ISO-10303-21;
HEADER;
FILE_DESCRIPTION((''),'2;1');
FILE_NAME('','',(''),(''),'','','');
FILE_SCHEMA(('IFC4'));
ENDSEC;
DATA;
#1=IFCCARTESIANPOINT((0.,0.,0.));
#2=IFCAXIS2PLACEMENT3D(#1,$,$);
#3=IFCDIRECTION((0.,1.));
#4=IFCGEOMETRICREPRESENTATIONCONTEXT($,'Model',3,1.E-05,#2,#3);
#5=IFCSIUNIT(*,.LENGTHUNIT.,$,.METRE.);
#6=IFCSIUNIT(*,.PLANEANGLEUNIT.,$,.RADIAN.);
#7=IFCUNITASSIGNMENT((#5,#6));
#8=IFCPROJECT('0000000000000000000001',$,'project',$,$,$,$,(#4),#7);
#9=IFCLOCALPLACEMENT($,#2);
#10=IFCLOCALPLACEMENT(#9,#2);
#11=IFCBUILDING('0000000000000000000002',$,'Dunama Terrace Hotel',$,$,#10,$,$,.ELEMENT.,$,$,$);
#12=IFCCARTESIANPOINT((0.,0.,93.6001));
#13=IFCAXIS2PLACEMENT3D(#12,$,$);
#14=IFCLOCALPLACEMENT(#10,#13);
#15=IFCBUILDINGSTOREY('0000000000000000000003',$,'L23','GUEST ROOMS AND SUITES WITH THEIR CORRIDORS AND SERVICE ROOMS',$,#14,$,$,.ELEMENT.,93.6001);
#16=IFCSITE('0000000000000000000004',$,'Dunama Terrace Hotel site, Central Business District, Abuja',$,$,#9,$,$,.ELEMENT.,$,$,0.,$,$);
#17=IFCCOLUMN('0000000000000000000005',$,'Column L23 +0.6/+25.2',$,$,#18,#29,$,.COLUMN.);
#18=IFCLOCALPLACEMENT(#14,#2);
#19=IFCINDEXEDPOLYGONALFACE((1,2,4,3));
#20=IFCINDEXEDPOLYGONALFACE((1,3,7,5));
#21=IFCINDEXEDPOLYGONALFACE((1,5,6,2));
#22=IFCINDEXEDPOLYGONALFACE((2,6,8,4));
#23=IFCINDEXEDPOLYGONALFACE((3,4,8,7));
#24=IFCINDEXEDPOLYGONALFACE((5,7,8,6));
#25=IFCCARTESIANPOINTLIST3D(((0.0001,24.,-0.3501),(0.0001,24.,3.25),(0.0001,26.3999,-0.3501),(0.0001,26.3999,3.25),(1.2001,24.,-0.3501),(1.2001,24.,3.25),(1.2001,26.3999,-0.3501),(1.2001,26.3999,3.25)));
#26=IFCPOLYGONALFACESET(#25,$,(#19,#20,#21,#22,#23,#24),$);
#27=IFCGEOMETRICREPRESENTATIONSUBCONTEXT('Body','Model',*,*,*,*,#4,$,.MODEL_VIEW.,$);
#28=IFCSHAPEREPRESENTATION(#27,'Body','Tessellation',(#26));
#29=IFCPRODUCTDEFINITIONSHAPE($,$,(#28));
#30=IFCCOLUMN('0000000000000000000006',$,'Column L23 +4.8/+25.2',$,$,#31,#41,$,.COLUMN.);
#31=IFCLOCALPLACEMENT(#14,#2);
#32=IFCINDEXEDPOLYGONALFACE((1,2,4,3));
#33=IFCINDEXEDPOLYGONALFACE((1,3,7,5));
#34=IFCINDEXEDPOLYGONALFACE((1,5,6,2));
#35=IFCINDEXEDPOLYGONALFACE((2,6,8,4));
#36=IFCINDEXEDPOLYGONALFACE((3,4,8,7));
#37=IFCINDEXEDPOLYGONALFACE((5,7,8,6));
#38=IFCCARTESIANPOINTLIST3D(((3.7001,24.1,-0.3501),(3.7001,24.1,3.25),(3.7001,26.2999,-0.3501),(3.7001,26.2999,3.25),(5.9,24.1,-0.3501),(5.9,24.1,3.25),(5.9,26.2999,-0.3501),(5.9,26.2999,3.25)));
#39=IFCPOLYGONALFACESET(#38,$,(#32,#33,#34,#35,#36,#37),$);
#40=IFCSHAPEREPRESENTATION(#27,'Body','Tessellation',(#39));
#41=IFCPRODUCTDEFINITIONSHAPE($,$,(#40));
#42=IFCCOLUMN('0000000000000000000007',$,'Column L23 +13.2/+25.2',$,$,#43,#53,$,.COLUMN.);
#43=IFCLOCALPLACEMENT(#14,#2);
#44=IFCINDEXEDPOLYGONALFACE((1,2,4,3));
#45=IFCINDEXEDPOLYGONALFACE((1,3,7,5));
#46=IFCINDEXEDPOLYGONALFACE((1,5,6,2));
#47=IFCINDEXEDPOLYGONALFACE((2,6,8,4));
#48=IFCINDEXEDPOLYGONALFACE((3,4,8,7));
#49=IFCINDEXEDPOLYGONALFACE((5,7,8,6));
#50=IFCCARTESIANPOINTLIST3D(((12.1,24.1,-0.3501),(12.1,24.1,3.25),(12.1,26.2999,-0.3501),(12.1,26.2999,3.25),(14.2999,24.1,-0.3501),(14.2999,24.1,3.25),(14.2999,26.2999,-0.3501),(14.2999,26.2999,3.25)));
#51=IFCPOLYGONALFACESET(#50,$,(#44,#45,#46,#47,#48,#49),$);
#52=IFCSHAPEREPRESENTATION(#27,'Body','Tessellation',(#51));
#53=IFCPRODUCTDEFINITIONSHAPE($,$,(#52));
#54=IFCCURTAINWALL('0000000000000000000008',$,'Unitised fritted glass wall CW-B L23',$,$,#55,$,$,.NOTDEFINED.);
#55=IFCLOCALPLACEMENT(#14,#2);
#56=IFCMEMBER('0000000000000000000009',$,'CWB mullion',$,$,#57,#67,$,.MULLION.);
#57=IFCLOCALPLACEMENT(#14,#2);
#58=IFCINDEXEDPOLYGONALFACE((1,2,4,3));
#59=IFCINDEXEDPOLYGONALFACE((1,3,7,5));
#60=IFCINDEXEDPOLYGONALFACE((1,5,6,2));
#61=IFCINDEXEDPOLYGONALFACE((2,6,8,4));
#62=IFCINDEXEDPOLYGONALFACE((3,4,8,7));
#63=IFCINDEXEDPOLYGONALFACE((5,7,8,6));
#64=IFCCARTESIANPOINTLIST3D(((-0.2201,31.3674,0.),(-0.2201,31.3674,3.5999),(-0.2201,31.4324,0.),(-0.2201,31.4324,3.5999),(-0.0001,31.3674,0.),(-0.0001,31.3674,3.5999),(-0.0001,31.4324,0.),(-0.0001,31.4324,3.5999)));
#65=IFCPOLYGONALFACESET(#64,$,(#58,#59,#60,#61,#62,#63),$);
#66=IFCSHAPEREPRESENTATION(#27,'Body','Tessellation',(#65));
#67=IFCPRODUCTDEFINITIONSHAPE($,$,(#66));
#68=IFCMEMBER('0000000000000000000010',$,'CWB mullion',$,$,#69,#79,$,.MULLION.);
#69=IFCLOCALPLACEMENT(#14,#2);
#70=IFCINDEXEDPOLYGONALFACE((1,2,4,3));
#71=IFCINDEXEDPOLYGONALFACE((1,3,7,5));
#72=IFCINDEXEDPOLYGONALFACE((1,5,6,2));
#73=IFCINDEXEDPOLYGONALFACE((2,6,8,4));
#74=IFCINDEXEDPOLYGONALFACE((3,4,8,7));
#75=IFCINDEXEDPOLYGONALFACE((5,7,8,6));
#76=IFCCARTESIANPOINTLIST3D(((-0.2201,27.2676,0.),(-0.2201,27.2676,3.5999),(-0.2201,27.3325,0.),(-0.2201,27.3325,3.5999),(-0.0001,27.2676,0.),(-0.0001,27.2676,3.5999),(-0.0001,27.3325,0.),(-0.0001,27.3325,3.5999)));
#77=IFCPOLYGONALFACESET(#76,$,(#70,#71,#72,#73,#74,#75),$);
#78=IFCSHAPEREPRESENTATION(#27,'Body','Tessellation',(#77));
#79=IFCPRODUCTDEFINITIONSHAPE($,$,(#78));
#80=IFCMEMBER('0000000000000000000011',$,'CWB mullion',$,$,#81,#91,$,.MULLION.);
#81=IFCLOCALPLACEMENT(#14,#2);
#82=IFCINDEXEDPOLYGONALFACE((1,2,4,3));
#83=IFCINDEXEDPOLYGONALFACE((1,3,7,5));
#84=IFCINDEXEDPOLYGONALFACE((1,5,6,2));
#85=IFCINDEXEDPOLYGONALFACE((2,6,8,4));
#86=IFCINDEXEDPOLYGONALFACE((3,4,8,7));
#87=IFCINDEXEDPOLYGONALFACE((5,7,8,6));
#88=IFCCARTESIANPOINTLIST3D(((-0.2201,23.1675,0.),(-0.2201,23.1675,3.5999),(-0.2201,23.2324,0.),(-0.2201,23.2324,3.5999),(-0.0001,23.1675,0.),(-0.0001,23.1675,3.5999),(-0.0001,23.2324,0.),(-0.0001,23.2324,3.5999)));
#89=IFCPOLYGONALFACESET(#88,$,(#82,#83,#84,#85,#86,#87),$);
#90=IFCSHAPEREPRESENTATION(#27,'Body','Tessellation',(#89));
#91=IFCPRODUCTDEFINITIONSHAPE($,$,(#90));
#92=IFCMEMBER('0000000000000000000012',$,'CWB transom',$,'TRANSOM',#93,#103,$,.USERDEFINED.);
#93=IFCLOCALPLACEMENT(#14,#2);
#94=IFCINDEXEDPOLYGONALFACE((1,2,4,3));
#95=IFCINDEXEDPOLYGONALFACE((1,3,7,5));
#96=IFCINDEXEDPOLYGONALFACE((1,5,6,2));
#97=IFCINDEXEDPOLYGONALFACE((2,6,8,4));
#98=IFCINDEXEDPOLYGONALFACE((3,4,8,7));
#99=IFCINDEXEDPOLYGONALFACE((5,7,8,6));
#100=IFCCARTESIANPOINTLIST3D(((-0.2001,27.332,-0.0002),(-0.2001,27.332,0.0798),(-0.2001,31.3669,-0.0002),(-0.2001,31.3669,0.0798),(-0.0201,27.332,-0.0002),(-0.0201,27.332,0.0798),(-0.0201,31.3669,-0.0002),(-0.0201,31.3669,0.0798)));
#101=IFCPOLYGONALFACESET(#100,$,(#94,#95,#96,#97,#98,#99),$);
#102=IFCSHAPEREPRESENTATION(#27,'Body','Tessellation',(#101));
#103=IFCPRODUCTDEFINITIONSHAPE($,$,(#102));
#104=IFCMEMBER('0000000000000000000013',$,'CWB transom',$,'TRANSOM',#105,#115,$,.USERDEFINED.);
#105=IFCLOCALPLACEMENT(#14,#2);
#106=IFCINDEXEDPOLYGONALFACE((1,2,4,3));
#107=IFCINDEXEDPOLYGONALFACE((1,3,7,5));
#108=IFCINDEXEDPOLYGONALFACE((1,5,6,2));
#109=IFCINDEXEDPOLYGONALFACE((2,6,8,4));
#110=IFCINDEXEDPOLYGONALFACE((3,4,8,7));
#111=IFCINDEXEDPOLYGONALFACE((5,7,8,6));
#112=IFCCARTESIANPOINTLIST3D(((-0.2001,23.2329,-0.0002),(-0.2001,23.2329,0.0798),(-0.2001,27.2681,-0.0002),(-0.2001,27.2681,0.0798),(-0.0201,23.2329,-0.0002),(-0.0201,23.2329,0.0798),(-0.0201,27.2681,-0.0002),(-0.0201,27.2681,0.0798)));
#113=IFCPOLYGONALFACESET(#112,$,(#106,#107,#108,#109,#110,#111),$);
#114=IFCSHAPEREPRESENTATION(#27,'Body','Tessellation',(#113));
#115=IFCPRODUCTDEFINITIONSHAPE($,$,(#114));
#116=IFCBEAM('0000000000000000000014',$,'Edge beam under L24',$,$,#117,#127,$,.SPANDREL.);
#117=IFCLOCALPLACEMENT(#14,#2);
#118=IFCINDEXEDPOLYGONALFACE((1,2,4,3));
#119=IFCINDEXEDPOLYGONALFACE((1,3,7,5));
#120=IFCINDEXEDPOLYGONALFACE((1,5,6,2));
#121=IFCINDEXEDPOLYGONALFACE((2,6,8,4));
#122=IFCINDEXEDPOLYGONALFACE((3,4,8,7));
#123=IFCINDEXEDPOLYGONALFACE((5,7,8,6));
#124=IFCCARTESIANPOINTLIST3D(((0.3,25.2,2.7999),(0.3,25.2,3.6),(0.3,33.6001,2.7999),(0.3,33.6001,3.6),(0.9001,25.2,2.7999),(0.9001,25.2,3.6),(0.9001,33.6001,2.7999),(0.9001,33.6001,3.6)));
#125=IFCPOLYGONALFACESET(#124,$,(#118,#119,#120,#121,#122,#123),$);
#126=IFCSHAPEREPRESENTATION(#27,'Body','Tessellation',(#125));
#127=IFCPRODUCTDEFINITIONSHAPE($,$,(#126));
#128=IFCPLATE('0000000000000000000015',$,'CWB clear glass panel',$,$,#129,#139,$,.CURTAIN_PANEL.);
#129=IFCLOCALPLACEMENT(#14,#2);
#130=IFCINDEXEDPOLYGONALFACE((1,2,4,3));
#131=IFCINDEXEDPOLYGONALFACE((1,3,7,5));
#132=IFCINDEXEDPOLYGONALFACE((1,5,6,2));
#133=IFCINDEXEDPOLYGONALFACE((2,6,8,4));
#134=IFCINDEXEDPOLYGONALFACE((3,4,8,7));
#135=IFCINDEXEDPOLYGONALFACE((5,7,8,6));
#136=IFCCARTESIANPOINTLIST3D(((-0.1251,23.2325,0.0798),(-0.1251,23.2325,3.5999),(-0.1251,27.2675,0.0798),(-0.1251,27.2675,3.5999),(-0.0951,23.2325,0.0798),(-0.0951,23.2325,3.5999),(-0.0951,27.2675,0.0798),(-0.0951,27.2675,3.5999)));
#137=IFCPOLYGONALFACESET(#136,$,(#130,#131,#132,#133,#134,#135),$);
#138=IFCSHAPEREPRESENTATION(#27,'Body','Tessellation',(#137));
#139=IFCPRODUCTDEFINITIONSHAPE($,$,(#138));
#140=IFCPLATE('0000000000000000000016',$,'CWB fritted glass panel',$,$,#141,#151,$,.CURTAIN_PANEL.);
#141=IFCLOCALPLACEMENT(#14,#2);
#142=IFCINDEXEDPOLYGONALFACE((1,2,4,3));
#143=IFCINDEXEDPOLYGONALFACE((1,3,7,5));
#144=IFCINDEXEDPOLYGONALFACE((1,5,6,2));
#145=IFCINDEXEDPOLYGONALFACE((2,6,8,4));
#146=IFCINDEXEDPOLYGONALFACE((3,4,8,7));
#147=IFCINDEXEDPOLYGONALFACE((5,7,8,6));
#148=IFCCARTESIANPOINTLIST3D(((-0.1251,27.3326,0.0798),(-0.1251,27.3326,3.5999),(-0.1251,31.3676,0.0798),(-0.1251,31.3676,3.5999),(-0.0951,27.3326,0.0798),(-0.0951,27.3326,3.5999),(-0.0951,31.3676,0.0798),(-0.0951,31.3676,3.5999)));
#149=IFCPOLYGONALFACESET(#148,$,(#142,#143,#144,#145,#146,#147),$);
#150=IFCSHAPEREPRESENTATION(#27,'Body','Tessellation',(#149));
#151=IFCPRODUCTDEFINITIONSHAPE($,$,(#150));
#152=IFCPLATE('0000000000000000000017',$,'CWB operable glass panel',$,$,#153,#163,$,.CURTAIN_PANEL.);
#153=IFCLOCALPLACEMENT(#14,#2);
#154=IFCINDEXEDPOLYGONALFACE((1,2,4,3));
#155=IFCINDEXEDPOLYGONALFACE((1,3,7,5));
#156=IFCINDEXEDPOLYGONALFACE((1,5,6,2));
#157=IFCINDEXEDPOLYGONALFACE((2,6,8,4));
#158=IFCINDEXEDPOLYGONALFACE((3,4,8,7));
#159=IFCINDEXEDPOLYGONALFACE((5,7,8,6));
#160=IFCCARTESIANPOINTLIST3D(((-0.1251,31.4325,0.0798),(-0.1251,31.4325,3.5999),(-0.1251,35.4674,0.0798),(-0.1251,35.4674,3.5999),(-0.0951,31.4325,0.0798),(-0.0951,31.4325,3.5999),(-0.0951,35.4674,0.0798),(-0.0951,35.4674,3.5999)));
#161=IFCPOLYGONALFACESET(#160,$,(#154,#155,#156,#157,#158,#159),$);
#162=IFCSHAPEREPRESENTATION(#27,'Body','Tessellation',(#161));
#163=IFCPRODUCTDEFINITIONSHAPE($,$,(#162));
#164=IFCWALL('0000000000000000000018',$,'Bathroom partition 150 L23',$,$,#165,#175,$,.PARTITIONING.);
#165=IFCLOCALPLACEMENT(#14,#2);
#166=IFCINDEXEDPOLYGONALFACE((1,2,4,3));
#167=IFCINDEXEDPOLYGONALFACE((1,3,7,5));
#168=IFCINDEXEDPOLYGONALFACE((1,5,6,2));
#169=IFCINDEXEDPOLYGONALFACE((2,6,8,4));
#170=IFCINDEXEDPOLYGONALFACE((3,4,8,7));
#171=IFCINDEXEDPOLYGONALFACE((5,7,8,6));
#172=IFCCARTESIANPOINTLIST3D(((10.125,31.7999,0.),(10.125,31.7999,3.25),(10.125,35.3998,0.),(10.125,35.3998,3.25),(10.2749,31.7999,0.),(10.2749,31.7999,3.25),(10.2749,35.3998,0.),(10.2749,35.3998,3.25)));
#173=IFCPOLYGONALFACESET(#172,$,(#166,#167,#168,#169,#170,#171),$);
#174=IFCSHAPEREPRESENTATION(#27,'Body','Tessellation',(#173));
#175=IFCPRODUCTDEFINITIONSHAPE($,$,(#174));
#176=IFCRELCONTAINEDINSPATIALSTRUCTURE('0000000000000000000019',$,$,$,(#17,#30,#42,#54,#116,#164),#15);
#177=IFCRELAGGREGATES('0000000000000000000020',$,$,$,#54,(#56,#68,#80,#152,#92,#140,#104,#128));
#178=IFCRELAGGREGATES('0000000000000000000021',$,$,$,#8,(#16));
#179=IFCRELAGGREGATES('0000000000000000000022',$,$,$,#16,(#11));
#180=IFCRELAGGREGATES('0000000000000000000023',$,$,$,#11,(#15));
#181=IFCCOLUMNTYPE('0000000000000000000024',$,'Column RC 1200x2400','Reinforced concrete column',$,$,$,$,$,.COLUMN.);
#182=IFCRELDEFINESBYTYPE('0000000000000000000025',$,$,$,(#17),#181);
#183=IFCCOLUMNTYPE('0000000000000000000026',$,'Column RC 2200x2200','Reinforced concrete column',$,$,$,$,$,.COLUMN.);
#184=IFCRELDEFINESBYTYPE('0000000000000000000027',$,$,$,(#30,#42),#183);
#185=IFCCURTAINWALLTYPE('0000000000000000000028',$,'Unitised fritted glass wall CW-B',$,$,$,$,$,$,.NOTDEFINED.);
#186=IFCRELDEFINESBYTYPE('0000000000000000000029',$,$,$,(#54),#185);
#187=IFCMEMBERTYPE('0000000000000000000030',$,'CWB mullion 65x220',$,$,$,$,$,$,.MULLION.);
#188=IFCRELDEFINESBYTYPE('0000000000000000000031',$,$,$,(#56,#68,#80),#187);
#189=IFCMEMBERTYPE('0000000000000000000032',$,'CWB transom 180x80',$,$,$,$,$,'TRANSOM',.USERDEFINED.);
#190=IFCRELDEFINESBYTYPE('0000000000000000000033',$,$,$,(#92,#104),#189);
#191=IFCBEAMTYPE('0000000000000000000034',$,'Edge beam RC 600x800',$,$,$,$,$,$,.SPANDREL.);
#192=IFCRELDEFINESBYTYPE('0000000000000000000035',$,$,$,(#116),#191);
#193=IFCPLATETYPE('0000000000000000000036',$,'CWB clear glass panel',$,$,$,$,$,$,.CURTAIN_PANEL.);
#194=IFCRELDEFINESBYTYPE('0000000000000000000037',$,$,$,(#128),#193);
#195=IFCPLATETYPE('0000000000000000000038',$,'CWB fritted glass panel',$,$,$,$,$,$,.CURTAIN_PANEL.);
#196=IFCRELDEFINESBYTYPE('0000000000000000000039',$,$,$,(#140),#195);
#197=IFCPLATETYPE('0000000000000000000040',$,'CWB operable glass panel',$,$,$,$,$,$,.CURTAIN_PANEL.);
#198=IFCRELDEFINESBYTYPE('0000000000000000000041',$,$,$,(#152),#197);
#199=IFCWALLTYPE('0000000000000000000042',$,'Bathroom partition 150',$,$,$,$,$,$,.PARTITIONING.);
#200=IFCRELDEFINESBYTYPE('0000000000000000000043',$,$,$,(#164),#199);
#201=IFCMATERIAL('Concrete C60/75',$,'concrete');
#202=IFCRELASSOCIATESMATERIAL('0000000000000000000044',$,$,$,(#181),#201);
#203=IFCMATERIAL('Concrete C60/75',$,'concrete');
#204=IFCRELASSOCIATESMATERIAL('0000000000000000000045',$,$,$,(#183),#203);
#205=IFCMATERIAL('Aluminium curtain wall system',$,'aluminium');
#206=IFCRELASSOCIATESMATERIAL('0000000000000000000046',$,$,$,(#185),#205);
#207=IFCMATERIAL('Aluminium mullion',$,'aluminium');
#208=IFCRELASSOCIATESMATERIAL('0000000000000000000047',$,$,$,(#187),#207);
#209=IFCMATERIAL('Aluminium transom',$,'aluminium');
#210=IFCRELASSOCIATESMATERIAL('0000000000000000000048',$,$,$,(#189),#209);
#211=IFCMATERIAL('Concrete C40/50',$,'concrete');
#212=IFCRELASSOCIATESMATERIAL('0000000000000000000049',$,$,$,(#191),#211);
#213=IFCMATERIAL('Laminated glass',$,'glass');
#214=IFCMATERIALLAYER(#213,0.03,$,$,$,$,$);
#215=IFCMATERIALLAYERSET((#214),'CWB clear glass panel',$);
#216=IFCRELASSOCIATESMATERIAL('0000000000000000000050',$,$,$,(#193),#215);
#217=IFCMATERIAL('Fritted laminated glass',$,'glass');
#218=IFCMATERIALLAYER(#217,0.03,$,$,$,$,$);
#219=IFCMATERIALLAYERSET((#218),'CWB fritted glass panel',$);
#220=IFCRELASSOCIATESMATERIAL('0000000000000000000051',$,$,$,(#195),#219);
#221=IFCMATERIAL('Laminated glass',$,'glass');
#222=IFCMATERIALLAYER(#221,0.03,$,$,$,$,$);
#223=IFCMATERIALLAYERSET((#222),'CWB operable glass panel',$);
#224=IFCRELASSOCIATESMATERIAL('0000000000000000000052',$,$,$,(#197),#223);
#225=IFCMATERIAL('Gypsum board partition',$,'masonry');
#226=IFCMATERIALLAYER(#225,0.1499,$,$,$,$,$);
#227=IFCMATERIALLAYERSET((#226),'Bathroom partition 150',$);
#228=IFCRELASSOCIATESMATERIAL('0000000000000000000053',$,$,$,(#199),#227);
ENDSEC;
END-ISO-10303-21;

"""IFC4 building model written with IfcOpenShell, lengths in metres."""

from ifc_helpers import new_model, si_unit, direction, frame, frame_2d, origin, origin_2d, place, context, subcontext, project, spatial, rectangle, extrude, material, layer, layer_set, material_profile, profile_set, type_object, element, aggregate, save


model = new_model("IFC4")

# Units and contexts
model_context = context("Model", 3, precision=1e-05, world=origin(), true_north=direction((0.0, 1.0)))
body_context = subcontext(model_context, "Body", "Model", "MODEL_VIEW")
ifc_project = project(units=[si_unit("LENGTHUNIT", "METRE"), si_unit("PLANEANGLEUNIT", "RADIAN")], contexts=[model_context])

# Site, building, storey
site_placement = place(None, origin())
site = spatial("IfcSite", under=ifc_project, at=site_placement, Name="Dunama Terrace Hotel site, Central Business District, Abuja", CompositionType="ELEMENT", RefElevation=0.0)
building_placement = place(site_placement, origin())
building = spatial("IfcBuilding", under=site, at=building_placement, Name="Dunama Terrace Hotel", CompositionType="ELEMENT")
storey_placement = place(building_placement, frame((0.0, 0.0, 93.6001)))
storey = spatial("IfcBuildingStorey", under=building, at=storey_placement, Name="L23", Description="GUEST ROOMS AND SUITES WITH THEIR CORRIDORS AND SERVICE ROOMS", CompositionType="ELEMENT", Elevation=93.6001)

# Columns
ifc_material_1 = material(Name="Concrete C60/75", Category="concrete")
ifc_material_profile_1 = material_profile(ifc_material_1, rectangle(XDim=1.2, YDim=2.3999, at=origin_2d()), Name="RC 1200x2400")
ifc_profile_set_1 = profile_set([ifc_material_profile_1], Name="Concrete C60/75")
column_type_1 = type_object("IfcColumnType", Name="Column RC 1200x2400", Description="Reinforced concrete column", PredefinedType="COLUMN", material=ifc_profile_set_1)
column_placement = place(storey_placement, frame((0.6001, 25.2, -0.3501), z_axis=(0.0, 0.0, 1.0), x_axis=(1.0, 0.0, 0.0)))
element("IfcColumn", 1, at=column_placement, inside=storey, type_object=column_type_1, Name="Column L23 +0.6/+25.2", PredefinedType="COLUMN", context=body_context, shape_type="SweptSolid", body=[
    extrude(rectangle(XDim=1.2, YDim=2.3999, at=origin_2d()), origin(), (0.0, 0.0, 1.0), 3.6001),
])
ifc_material_2 = material(Name="Concrete C60/75", Category="concrete")
ifc_material_profile_2 = material_profile(ifc_material_2, rectangle(XDim=2.2, YDim=2.2, at=origin_2d()), Name="RC 2200x2200")
ifc_profile_set_2 = profile_set([ifc_material_profile_2], Name="Concrete C60/75")
column_type_2 = type_object("IfcColumnType", Name="Column RC 2200x2200", Description="Reinforced concrete column", PredefinedType="COLUMN", material=ifc_profile_set_2)
for number, where, z_axis, x_axis, name in (
    (2, (4.8, 25.2, -0.3501), (0.0, 0.0, 1.0), (1.0, 0.0, 0.0), "Column L23 +4.8/+25.2"),
    (3, (13.2, 25.2, -0.3501), (0.0, 0.0, 1.0), (1.0, 0.0, 0.0), "Column L23 +13.2/+25.2"),
):
    element("IfcColumn", number, at=place(storey_placement, frame(where, z_axis=z_axis, x_axis=x_axis)), inside=storey, type_object=column_type_2, Name=name, PredefinedType="COLUMN", context=body_context, shape_type="SweptSolid", body=[
        extrude(rectangle(XDim=2.2, YDim=2.2, at=origin_2d()), origin(), (0.0, 0.0, 1.0), 3.6001),
    ])

# Curtain wall, members
ifc_material_3 = material(Name="Aluminium curtain wall system", Category="aluminium")
curtain_wall_type = type_object("IfcCurtainWallType", Name="Unitised fritted glass wall CW-B", PredefinedType="NOTDEFINED", material=ifc_material_3)
curtain_wall_placement = place(storey_placement, origin())
curtain_wall = element("IfcCurtainWall", 4, at=curtain_wall_placement, inside=storey, type_object=curtain_wall_type, Name="Unitised fritted glass wall CW-B L23", PredefinedType="NOTDEFINED")
ifc_material_4 = material(Name="Aluminium mullion", Category="aluminium")
ifc_material_profile_3 = material_profile(ifc_material_4, rectangle(XDim=0.0649, YDim=0.22, at=origin_2d()), Name="CWB MULLION 65X220")
ifc_profile_set_3 = profile_set([ifc_material_profile_3], Name="Aluminium mullion")
member_type_1 = type_object("IfcMemberType", Name="CWB mullion 65x220", PredefinedType="MULLION", material=ifc_profile_set_3)
member_1_placement = place(storey_placement, frame((-0.1101, 31.3999, 0.0), z_axis=(0.0, 0.0, 1.0), x_axis=(0.0, -1.0, 0.0)))
member_1 = element("IfcMember", 5, at=member_1_placement, type_object=member_type_1, Name="CWB mullion", PredefinedType="MULLION", context=body_context, shape_type="SweptSolid", body=[
    extrude(rectangle(XDim=0.0649, YDim=0.22, at=origin_2d()), origin(), (0.0, 0.0, 1.0), 3.5999),
])
member_2_placement = place(storey_placement, frame((-0.1101, 27.3, 0.0), z_axis=(0.0, 0.0, 1.0), x_axis=(0.0, -1.0, 0.0)))
member_2 = element("IfcMember", 6, at=member_2_placement, type_object=member_type_1, Name="CWB mullion", PredefinedType="MULLION", context=body_context, shape_type="SweptSolid", body=[
    extrude(rectangle(XDim=0.0649, YDim=0.22, at=origin_2d()), origin(), (0.0, 0.0, 1.0), 3.5999),
])
member_3_placement = place(storey_placement, frame((-0.1101, 23.2, 0.0), z_axis=(0.0, 0.0, 1.0), x_axis=(0.0, -1.0, 0.0)))
member_3 = element("IfcMember", 7, at=member_3_placement, type_object=member_type_1, Name="CWB mullion", PredefinedType="MULLION", context=body_context, shape_type="SweptSolid", body=[
    extrude(rectangle(XDim=0.0649, YDim=0.22, at=origin_2d()), origin(), (0.0, 0.0, 1.0), 3.5999),
])
ifc_material_5 = material(Name="Aluminium transom", Category="aluminium")
ifc_material_profile_4 = material_profile(ifc_material_5, rectangle(XDim=0.1799, YDim=0.0801, at=origin_2d()), Name="CWB TRANSOM 180X80")
ifc_profile_set_4 = profile_set([ifc_material_profile_4], Name="Aluminium transom")
member_type_2 = type_object("IfcMemberType", Name="CWB transom 180x80", ElementType="TRANSOM", PredefinedType="USERDEFINED", material=ifc_profile_set_4)
member_4_placement = place(storey_placement, frame((-0.1101, 31.3669, 0.0398), z_axis=(0.0, -1.0, 0.0), x_axis=(1.0, 0.0, 0.0)))
member_4 = element("IfcMember", 8, at=member_4_placement, type_object=member_type_2, Name="CWB transom", ObjectType="TRANSOM", PredefinedType="USERDEFINED", context=body_context, shape_type="SweptSolid", body=[
    extrude(rectangle(XDim=0.1799, YDim=0.0801, at=origin_2d()), origin(), (0.0, 0.0, 1.0), 4.0349),
])
member_5_placement = place(storey_placement, frame((-0.1101, 27.2681, 0.0398), z_axis=(0.0, -1.0, 0.0), x_axis=(1.0, 0.0, 0.0)))
member_5 = element("IfcMember", 9, at=member_5_placement, type_object=member_type_2, Name="CWB transom", ObjectType="TRANSOM", PredefinedType="USERDEFINED", context=body_context, shape_type="SweptSolid", body=[
    extrude(rectangle(XDim=0.1799, YDim=0.0801, at=origin_2d()), origin(), (0.0, 0.0, 1.0), 4.0352),
])

# Beam
ifc_material_6 = material(Name="Concrete C40/50", Category="concrete")
ifc_material_profile_5 = material_profile(ifc_material_6, rectangle(XDim=0.6001, YDim=0.8, at=origin_2d()), Name="RC 600x800")
ifc_profile_set_5 = profile_set([ifc_material_profile_5], Name="Concrete C40/50")
beam_type = type_object("IfcBeamType", Name="Edge beam RC 600x800", PredefinedType="SPANDREL", material=ifc_profile_set_5)
beam_placement = place(storey_placement, frame((0.6001, 25.2, 3.2), z_axis=(0.0, 1.0, 0.0), x_axis=(-1.0, 0.0, 0.0)))
element("IfcBeam", 10, at=beam_placement, inside=storey, type_object=beam_type, Name="Edge beam under L24", PredefinedType="SPANDREL", context=body_context, shape_type="SweptSolid", body=[
    extrude(rectangle(XDim=0.6001, YDim=0.8, at=origin_2d()), origin(), (0.0, 0.0, 1.0), 8.4001),
])

# Plates
ifc_material_7 = material(Name="Laminated glass", Category="glass")
ifc_layer_1 = layer(ifc_material_7, 0.03)
ifc_layer_set_1 = layer_set([ifc_layer_1], Name="CWB clear glass panel")
plate_type_1 = type_object("IfcPlateType", Name="CWB clear glass panel", PredefinedType="CURTAIN_PANEL", material=ifc_layer_set_1)
plate_1_placement = place(storey_placement, frame((-0.1101, 25.25, 0.0798), z_axis=(0.0, 0.0, 1.0), x_axis=(0.0, -1.0, 0.0)))
plate_1 = element("IfcPlate", 11, at=plate_1_placement, type_object=plate_type_1, Name="CWB clear glass panel", PredefinedType="CURTAIN_PANEL", context=body_context, shape_type="SweptSolid", body=[
    extrude(rectangle(XDim=4.0349, YDim=0.03, at=origin_2d()), origin(), (0.0, 0.0, 1.0), 3.52),
])
ifc_material_8 = material(Name="Fritted laminated glass", Category="glass")
ifc_layer_2 = layer(ifc_material_8, 0.03)
ifc_layer_set_2 = layer_set([ifc_layer_2], Name="CWB fritted glass panel")
plate_type_2 = type_object("IfcPlateType", Name="CWB fritted glass panel", PredefinedType="CURTAIN_PANEL", material=ifc_layer_set_2)
plate_2_placement = place(storey_placement, frame((-0.1101, 29.3501, 0.0798), z_axis=(0.0, 0.0, 1.0), x_axis=(0.0, -1.0, 0.0)))
plate_2 = element("IfcPlate", 12, at=plate_2_placement, type_object=plate_type_2, Name="CWB fritted glass panel", PredefinedType="CURTAIN_PANEL", context=body_context, shape_type="SweptSolid", body=[
    extrude(rectangle(XDim=4.0349, YDim=0.03, at=origin_2d()), origin(), (0.0, 0.0, 1.0), 3.52),
])
ifc_material_9 = material(Name="Laminated glass", Category="glass")
ifc_layer_3 = layer(ifc_material_9, 0.03)
ifc_layer_set_3 = layer_set([ifc_layer_3], Name="CWB operable glass panel")
plate_type_3 = type_object("IfcPlateType", Name="CWB operable glass panel", PredefinedType="CURTAIN_PANEL", material=ifc_layer_set_3)
plate_3_placement = place(storey_placement, frame((-0.1101, 33.45, 0.0798), z_axis=(0.0, 0.0, 1.0), x_axis=(0.0, -1.0, 0.0)))
plate_3 = element("IfcPlate", 13, at=plate_3_placement, type_object=plate_type_3, Name="CWB operable glass panel", PredefinedType="CURTAIN_PANEL", context=body_context, shape_type="SweptSolid", body=[
    extrude(rectangle(XDim=4.0349, YDim=0.03, at=origin_2d()), origin(), (0.0, 0.0, 1.0), 3.52),
])
aggregate(curtain_wall, [member_1, member_2, member_3, plate_3, member_4, plate_2, member_5, plate_1])

# Wall
ifc_material_10 = material(Name="Gypsum board partition", Category="masonry")
ifc_layer_4 = layer(ifc_material_10, 0.1499)
ifc_layer_set_4 = layer_set([ifc_layer_4], Name="Bathroom partition 150")
wall_type_1 = type_object("IfcWallType", Name="Bathroom partition 150", PredefinedType="PARTITIONING", material=ifc_layer_set_4)
wall_1_placement = place(storey_placement, frame((10.2, 31.8, 0.0), z_axis=(0.0, 0.0, 1.0), x_axis=(0.0, 1.0, 0.0)))
element("IfcWall", 14, at=wall_1_placement, inside=storey, type_object=wall_type_1, Name="Bathroom partition 150 L23", PredefinedType="PARTITIONING", context=body_context, shape_type="SweptSolid", body=[
    extrude(rectangle(XDim=3.5999, YDim=0.1499, at=frame_2d((1.7998, 0.0))), origin(), (0.0, 0.0, 1.0), 3.25),
])

save(model, "model.ifc")
